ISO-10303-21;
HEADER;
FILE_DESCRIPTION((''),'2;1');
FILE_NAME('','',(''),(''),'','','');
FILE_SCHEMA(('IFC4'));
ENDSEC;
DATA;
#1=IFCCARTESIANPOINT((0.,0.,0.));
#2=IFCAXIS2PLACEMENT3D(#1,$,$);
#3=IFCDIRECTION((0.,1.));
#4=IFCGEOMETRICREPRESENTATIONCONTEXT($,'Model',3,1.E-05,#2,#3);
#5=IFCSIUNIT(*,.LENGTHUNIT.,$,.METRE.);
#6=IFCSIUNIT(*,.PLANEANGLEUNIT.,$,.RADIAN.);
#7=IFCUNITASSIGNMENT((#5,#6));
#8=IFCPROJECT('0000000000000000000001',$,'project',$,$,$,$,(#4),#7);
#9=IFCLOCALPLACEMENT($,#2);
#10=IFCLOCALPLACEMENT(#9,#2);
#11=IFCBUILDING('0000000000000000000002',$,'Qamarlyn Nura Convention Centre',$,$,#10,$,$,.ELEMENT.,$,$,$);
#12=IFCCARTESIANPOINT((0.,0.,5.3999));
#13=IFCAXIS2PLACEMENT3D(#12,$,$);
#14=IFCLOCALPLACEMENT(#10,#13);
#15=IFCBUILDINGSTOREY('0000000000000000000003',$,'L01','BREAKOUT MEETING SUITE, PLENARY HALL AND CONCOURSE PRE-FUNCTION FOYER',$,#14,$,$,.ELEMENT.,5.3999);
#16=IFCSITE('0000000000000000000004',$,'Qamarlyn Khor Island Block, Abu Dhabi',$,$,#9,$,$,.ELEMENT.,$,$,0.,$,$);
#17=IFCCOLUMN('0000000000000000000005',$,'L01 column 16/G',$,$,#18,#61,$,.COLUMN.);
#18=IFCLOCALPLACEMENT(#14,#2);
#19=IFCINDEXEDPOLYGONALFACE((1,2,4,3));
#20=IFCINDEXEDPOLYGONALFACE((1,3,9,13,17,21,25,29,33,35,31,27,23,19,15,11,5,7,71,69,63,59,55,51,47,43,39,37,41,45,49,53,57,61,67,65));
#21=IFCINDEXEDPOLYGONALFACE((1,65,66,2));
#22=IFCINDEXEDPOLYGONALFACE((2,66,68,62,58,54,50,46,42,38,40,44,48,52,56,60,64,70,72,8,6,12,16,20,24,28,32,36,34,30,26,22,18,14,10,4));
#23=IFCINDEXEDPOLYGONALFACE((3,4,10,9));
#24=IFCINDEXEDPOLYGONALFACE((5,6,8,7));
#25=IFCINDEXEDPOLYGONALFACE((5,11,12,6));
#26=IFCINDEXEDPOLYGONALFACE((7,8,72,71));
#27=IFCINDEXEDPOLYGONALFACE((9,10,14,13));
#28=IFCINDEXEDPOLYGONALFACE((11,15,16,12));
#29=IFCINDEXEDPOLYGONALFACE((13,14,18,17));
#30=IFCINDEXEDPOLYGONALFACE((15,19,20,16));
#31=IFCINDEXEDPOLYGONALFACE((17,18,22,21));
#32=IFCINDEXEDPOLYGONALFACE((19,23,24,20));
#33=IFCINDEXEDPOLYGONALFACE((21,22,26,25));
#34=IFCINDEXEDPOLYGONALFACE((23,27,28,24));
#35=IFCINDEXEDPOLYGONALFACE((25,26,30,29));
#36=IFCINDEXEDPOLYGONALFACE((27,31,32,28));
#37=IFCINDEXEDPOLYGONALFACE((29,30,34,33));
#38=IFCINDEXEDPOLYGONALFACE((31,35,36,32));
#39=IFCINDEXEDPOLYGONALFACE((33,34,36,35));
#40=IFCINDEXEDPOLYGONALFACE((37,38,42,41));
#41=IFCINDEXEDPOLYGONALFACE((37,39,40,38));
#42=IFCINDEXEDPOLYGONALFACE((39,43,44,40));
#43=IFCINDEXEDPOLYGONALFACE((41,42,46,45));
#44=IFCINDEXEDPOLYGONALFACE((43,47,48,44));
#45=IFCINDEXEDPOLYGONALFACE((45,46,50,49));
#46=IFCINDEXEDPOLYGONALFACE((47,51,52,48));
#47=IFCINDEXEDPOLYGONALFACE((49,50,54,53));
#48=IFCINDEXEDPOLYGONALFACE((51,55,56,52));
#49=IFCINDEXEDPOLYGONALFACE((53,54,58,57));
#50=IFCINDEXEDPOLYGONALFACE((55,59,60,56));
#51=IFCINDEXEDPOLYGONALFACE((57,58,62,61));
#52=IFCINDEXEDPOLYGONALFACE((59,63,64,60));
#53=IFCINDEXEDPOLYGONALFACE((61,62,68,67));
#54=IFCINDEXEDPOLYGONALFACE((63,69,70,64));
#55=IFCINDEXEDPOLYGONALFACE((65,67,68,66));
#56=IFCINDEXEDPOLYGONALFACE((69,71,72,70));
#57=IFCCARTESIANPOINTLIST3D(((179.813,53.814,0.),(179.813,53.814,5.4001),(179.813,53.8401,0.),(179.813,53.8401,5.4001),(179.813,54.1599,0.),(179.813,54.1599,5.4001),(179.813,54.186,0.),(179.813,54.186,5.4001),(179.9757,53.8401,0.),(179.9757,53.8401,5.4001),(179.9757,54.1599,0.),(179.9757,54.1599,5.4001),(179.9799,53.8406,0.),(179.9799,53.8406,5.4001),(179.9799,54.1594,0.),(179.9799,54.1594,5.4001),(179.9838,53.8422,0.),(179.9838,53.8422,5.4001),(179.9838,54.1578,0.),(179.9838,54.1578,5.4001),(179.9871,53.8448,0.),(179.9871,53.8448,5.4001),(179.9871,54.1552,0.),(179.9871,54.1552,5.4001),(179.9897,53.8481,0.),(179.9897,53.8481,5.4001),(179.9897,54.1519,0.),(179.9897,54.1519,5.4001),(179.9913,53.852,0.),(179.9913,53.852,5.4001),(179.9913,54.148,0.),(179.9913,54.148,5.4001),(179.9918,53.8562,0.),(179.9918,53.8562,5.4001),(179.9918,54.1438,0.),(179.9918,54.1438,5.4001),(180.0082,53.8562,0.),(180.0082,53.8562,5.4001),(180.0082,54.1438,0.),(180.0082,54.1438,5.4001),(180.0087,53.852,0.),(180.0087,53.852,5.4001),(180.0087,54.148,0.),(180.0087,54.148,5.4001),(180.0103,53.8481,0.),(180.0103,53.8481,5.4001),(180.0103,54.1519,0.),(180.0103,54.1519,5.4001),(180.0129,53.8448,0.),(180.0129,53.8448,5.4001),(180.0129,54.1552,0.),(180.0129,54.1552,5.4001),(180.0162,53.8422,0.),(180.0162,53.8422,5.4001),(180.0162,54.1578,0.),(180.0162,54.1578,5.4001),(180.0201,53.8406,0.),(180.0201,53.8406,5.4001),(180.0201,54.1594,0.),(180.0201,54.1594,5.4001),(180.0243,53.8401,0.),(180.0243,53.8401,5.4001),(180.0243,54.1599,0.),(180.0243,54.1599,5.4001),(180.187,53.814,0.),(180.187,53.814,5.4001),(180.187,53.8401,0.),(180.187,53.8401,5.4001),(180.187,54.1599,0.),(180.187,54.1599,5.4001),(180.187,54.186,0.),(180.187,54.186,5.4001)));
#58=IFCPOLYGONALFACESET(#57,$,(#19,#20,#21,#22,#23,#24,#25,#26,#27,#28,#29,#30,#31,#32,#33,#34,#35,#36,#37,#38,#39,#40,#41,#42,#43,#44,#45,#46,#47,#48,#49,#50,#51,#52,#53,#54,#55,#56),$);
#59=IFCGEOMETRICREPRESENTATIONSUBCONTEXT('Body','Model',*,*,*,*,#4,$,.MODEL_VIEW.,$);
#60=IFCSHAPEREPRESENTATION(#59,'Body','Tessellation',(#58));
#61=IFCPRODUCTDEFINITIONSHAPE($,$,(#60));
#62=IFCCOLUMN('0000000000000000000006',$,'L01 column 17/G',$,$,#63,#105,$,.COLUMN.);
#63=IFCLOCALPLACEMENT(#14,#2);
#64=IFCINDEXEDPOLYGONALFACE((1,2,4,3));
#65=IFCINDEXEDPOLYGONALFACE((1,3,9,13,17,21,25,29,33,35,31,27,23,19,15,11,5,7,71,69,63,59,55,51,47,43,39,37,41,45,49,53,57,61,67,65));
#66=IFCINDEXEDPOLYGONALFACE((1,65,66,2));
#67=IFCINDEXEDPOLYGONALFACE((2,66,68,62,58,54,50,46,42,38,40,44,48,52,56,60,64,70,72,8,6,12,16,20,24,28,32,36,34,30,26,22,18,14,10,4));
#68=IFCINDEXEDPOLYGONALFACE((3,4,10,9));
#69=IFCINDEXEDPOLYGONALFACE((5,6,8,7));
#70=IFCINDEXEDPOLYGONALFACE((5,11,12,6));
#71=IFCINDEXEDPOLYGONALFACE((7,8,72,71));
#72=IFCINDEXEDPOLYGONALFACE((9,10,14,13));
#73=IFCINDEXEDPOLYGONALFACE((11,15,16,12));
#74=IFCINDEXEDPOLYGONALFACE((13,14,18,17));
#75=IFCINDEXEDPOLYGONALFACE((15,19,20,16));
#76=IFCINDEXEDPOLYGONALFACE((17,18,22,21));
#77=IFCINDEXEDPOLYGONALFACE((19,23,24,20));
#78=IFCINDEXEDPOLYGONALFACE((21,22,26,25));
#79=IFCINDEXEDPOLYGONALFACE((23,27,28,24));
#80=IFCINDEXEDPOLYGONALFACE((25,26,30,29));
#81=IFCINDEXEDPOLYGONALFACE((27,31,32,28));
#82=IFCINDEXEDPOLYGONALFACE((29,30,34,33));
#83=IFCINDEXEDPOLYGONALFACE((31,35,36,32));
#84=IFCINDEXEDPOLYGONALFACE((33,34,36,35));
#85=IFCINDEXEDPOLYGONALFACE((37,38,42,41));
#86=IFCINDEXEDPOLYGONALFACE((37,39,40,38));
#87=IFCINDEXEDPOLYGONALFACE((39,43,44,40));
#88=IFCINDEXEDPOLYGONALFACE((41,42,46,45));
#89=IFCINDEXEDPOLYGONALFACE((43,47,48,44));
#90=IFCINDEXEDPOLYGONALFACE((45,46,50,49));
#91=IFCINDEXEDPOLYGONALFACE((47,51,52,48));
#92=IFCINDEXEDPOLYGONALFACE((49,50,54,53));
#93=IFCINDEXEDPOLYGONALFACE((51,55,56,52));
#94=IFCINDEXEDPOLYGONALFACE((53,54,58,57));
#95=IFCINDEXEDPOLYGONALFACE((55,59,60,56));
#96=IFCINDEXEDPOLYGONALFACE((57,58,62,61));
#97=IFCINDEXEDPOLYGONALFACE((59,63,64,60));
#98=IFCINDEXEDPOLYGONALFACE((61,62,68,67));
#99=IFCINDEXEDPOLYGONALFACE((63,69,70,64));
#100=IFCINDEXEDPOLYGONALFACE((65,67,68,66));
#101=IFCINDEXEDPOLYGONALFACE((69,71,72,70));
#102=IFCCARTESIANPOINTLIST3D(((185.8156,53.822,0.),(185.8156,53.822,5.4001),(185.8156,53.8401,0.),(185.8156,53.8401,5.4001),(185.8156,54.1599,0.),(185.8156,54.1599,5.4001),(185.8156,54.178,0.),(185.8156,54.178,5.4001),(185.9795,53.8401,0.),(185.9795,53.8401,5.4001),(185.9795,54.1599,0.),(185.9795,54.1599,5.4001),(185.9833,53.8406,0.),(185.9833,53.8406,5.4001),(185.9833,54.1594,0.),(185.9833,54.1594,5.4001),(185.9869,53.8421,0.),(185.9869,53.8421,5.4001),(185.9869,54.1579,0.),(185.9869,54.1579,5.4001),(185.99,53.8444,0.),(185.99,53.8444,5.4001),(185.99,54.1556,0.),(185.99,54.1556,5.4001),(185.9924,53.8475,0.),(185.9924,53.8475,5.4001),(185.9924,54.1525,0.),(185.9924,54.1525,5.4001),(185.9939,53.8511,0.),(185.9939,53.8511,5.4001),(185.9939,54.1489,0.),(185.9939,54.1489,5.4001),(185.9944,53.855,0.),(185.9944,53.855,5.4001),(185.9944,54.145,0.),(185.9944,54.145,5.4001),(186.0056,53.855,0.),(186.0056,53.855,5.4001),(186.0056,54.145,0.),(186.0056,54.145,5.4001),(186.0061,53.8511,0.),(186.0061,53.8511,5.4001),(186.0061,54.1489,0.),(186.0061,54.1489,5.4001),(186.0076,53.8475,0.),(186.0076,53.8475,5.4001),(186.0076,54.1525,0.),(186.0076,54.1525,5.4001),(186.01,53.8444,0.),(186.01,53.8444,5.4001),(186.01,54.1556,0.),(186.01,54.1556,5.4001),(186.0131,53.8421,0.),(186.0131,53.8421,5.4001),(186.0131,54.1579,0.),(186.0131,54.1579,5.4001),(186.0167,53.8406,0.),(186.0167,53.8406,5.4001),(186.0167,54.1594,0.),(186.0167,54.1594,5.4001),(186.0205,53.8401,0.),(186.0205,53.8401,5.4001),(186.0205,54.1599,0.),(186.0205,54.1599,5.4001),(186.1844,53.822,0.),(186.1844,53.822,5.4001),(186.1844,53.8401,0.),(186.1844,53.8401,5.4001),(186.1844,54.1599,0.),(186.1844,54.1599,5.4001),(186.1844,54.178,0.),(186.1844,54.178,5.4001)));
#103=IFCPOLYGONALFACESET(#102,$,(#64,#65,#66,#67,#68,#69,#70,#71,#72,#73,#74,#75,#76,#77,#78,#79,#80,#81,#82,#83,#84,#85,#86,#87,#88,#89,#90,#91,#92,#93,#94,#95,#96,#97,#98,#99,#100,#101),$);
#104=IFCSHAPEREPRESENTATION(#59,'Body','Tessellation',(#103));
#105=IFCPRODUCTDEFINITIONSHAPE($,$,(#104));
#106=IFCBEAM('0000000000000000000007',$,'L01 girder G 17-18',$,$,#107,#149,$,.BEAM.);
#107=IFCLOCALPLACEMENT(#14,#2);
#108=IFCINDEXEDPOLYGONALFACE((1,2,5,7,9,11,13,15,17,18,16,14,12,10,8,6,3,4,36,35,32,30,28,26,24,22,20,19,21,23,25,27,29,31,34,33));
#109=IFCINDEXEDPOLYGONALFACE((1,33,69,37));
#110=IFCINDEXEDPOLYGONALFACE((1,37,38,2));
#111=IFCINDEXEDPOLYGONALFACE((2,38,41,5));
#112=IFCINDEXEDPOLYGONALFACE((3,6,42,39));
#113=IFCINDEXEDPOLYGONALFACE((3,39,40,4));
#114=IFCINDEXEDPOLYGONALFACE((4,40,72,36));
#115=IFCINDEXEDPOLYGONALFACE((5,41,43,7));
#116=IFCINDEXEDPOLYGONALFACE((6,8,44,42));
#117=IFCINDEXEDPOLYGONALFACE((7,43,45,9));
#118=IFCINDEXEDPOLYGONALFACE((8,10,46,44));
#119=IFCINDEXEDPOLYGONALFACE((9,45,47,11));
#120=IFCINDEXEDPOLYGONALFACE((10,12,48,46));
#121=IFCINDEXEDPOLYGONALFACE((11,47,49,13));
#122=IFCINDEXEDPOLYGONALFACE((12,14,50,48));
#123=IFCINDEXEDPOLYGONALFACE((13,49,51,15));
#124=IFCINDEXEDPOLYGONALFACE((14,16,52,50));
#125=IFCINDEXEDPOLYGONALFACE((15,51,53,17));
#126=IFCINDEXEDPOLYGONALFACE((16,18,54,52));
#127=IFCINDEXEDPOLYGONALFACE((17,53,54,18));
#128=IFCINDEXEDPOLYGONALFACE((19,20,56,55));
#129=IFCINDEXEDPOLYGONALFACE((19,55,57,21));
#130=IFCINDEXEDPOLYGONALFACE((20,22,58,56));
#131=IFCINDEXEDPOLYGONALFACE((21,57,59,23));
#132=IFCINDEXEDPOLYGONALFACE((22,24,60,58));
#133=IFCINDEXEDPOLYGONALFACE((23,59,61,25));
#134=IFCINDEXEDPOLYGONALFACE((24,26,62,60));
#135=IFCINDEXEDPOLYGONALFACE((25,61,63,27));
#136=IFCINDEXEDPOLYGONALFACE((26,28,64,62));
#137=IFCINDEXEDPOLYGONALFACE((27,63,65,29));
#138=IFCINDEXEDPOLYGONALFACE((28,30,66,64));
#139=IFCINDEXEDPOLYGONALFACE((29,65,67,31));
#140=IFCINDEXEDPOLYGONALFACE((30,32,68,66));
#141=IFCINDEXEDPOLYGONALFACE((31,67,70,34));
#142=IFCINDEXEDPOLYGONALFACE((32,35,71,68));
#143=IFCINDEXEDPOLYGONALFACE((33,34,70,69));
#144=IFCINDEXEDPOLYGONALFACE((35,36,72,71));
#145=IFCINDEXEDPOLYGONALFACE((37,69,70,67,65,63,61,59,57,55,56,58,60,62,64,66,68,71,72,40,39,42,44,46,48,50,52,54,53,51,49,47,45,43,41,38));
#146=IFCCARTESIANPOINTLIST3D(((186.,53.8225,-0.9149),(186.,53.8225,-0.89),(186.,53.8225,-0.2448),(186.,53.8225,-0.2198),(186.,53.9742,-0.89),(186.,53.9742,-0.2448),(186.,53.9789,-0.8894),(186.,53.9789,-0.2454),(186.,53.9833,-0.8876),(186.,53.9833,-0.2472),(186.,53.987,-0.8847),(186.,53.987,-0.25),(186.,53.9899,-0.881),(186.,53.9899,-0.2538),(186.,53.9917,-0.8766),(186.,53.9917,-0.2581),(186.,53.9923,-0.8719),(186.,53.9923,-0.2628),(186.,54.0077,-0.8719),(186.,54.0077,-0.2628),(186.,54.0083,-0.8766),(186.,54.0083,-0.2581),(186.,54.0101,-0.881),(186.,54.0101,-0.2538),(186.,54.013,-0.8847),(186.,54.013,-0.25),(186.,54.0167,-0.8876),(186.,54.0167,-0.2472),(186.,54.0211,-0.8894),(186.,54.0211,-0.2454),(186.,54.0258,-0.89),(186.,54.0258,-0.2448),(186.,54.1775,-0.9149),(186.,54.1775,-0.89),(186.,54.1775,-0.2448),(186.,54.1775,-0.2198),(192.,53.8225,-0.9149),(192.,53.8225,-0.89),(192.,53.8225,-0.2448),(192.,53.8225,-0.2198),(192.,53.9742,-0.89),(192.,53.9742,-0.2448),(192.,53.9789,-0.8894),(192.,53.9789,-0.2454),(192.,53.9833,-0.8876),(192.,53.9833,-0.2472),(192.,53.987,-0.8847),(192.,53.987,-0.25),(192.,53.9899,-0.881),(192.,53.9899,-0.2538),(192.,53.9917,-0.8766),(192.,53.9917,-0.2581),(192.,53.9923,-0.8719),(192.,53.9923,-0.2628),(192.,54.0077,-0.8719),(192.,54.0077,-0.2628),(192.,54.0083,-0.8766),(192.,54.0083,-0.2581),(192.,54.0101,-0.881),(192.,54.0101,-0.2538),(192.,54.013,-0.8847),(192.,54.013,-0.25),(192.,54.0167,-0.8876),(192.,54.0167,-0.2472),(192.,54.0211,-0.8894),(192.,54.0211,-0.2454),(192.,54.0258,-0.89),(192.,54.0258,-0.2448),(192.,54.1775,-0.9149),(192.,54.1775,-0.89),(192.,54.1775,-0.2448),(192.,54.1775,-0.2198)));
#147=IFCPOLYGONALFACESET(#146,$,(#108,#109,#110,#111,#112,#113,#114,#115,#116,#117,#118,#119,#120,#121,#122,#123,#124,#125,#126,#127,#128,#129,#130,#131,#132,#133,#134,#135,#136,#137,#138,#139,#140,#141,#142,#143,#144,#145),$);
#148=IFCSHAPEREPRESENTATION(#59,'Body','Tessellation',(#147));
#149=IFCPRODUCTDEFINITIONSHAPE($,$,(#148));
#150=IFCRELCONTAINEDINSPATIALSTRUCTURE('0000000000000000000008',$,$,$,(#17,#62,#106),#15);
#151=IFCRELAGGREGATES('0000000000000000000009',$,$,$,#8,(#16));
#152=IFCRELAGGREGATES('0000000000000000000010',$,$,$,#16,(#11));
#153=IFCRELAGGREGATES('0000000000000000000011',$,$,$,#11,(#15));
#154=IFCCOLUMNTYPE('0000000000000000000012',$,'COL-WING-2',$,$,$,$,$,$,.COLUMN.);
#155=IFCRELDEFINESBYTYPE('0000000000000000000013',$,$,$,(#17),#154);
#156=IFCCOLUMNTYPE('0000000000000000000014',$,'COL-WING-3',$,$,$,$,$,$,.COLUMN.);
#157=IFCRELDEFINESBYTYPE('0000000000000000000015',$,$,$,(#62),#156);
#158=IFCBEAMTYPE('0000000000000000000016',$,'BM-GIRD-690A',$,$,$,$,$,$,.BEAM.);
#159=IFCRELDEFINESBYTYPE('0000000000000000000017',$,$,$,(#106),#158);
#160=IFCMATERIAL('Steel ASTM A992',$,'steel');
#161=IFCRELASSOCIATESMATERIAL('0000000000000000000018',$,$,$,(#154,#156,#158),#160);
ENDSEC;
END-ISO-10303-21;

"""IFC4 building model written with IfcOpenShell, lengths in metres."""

from ifc_helpers import new_model, si_unit, direction, frame, origin, origin_2d, place, context, subcontext, project, spatial, i_section, extrude, material, material_profile, profile_set, type_object, element, save


model = new_model("IFC4")

# Units and contexts
model_context = context("Model", 3, precision=1e-05, world=origin(), true_north=direction((0.0, 1.0)))
body_context = subcontext(model_context, "Body", "Model", "MODEL_VIEW")
ifc_project = project(units=[si_unit("LENGTHUNIT", "METRE"), si_unit("PLANEANGLEUNIT", "RADIAN")], contexts=[model_context])

# Site, building, storey
site_placement = place(None, origin())
site = spatial("IfcSite", under=ifc_project, at=site_placement, Name="Qamarlyn Khor Island Block, Abu Dhabi", CompositionType="ELEMENT", RefElevation=0.0)
building_placement = place(site_placement, origin())
building = spatial("IfcBuilding", under=site, at=building_placement, Name="Qamarlyn Nura Convention Centre", CompositionType="ELEMENT")
storey_placement = place(building_placement, frame((0.0, 0.0, 5.3999)))
storey = spatial("IfcBuildingStorey", under=building, at=storey_placement, Name="L01", Description="BREAKOUT MEETING SUITE, PLENARY HALL AND CONCOURSE PRE-FUNCTION FOYER", CompositionType="ELEMENT", Elevation=5.3999)

# Columns
ifc_material_1 = material(Name="Steel ASTM A992", Category="steel")
ifc_material_profile_1 = material_profile(ifc_material_1, i_section(OverallWidth=0.374, OverallDepth=0.3721, WebThickness=0.0164, FlangeThickness=0.0261, FilletRadius=0.0161, at=origin_2d()), Name="W360X196")
ifc_profile_set_1 = profile_set([ifc_material_profile_1], Name="Steel ASTM A992")
column_type_1 = type_object("IfcColumnType", Name="COL-WING-2", PredefinedType="COLUMN", material=ifc_profile_set_1)
column_1_placement = place(storey_placement, frame((180.0, 54.0, 0.0), z_axis=(0.0, 0.0, 1.0), x_axis=(1.0, 0.0, 0.0)))
element("IfcColumn", 1, at=column_1_placement, inside=storey, type_object=column_type_1, Name="L01 column 16/G", PredefinedType="COLUMN", context=body_context, shape_type="SweptSolid", body=[
    extrude(i_section(OverallWidth=0.374, OverallDepth=0.3721, WebThickness=0.0164, FlangeThickness=0.0261, FilletRadius=0.0161, at=origin_2d()), origin(), (0.0, 0.0, 1.0), 5.4001),
])
ifc_material_profile_2 = material_profile(ifc_material_1, i_section(OverallWidth=0.3689, OverallDepth=0.356, WebThickness=0.0112, FlangeThickness=0.0181, FilletRadius=0.0149, at=origin_2d()), Name="W360X134")
ifc_profile_set_2 = profile_set([ifc_material_profile_2], Name="Steel ASTM A992")
column_type_2 = type_object("IfcColumnType", Name="COL-WING-3", PredefinedType="COLUMN", material=ifc_profile_set_2)
column_2_placement = place(storey_placement, frame((186.0, 54.0, 0.0), z_axis=(0.0, 0.0, 1.0), x_axis=(1.0, 0.0, 0.0)))
element("IfcColumn", 2, at=column_2_placement, inside=storey, type_object=column_type_2, Name="L01 column 17/G", PredefinedType="COLUMN", context=body_context, shape_type="SweptSolid", body=[
    extrude(i_section(OverallWidth=0.3689, OverallDepth=0.356, WebThickness=0.0112, FlangeThickness=0.0181, FilletRadius=0.0149, at=origin_2d()), origin(), (0.0, 0.0, 1.0), 5.4001),
])

# Beam
ifc_material_profile_3 = material_profile(ifc_material_1, i_section(OverallWidth=0.355, OverallDepth=0.6951, WebThickness=0.0154, FlangeThickness=0.0249, FilletRadius=0.0181, at=origin_2d()), Name="W690X217")
ifc_profile_set_3 = profile_set([ifc_material_profile_3], Name="Steel ASTM A992")
beam_type_1 = type_object("IfcBeamType", Name="BM-GIRD-690A", PredefinedType="BEAM", material=ifc_profile_set_3)
beam_1_placement = place(storey_placement, frame((186.0, 54.0, -0.5674), z_axis=(1.0, 0.0, 0.0), x_axis=(0.0, 1.0, 0.0)))
element("IfcBeam", 3, at=beam_1_placement, inside=storey, type_object=beam_type_1, Name="L01 girder G 17-18", PredefinedType="BEAM", context=body_context, shape_type="SweptSolid", body=[
    extrude(i_section(OverallWidth=0.355, OverallDepth=0.6951, WebThickness=0.0154, FlangeThickness=0.0249, FilletRadius=0.0181, at=origin_2d()), origin(), (0.0, 0.0, 1.0), 6.0),
])

save(model, "model.ifc")
